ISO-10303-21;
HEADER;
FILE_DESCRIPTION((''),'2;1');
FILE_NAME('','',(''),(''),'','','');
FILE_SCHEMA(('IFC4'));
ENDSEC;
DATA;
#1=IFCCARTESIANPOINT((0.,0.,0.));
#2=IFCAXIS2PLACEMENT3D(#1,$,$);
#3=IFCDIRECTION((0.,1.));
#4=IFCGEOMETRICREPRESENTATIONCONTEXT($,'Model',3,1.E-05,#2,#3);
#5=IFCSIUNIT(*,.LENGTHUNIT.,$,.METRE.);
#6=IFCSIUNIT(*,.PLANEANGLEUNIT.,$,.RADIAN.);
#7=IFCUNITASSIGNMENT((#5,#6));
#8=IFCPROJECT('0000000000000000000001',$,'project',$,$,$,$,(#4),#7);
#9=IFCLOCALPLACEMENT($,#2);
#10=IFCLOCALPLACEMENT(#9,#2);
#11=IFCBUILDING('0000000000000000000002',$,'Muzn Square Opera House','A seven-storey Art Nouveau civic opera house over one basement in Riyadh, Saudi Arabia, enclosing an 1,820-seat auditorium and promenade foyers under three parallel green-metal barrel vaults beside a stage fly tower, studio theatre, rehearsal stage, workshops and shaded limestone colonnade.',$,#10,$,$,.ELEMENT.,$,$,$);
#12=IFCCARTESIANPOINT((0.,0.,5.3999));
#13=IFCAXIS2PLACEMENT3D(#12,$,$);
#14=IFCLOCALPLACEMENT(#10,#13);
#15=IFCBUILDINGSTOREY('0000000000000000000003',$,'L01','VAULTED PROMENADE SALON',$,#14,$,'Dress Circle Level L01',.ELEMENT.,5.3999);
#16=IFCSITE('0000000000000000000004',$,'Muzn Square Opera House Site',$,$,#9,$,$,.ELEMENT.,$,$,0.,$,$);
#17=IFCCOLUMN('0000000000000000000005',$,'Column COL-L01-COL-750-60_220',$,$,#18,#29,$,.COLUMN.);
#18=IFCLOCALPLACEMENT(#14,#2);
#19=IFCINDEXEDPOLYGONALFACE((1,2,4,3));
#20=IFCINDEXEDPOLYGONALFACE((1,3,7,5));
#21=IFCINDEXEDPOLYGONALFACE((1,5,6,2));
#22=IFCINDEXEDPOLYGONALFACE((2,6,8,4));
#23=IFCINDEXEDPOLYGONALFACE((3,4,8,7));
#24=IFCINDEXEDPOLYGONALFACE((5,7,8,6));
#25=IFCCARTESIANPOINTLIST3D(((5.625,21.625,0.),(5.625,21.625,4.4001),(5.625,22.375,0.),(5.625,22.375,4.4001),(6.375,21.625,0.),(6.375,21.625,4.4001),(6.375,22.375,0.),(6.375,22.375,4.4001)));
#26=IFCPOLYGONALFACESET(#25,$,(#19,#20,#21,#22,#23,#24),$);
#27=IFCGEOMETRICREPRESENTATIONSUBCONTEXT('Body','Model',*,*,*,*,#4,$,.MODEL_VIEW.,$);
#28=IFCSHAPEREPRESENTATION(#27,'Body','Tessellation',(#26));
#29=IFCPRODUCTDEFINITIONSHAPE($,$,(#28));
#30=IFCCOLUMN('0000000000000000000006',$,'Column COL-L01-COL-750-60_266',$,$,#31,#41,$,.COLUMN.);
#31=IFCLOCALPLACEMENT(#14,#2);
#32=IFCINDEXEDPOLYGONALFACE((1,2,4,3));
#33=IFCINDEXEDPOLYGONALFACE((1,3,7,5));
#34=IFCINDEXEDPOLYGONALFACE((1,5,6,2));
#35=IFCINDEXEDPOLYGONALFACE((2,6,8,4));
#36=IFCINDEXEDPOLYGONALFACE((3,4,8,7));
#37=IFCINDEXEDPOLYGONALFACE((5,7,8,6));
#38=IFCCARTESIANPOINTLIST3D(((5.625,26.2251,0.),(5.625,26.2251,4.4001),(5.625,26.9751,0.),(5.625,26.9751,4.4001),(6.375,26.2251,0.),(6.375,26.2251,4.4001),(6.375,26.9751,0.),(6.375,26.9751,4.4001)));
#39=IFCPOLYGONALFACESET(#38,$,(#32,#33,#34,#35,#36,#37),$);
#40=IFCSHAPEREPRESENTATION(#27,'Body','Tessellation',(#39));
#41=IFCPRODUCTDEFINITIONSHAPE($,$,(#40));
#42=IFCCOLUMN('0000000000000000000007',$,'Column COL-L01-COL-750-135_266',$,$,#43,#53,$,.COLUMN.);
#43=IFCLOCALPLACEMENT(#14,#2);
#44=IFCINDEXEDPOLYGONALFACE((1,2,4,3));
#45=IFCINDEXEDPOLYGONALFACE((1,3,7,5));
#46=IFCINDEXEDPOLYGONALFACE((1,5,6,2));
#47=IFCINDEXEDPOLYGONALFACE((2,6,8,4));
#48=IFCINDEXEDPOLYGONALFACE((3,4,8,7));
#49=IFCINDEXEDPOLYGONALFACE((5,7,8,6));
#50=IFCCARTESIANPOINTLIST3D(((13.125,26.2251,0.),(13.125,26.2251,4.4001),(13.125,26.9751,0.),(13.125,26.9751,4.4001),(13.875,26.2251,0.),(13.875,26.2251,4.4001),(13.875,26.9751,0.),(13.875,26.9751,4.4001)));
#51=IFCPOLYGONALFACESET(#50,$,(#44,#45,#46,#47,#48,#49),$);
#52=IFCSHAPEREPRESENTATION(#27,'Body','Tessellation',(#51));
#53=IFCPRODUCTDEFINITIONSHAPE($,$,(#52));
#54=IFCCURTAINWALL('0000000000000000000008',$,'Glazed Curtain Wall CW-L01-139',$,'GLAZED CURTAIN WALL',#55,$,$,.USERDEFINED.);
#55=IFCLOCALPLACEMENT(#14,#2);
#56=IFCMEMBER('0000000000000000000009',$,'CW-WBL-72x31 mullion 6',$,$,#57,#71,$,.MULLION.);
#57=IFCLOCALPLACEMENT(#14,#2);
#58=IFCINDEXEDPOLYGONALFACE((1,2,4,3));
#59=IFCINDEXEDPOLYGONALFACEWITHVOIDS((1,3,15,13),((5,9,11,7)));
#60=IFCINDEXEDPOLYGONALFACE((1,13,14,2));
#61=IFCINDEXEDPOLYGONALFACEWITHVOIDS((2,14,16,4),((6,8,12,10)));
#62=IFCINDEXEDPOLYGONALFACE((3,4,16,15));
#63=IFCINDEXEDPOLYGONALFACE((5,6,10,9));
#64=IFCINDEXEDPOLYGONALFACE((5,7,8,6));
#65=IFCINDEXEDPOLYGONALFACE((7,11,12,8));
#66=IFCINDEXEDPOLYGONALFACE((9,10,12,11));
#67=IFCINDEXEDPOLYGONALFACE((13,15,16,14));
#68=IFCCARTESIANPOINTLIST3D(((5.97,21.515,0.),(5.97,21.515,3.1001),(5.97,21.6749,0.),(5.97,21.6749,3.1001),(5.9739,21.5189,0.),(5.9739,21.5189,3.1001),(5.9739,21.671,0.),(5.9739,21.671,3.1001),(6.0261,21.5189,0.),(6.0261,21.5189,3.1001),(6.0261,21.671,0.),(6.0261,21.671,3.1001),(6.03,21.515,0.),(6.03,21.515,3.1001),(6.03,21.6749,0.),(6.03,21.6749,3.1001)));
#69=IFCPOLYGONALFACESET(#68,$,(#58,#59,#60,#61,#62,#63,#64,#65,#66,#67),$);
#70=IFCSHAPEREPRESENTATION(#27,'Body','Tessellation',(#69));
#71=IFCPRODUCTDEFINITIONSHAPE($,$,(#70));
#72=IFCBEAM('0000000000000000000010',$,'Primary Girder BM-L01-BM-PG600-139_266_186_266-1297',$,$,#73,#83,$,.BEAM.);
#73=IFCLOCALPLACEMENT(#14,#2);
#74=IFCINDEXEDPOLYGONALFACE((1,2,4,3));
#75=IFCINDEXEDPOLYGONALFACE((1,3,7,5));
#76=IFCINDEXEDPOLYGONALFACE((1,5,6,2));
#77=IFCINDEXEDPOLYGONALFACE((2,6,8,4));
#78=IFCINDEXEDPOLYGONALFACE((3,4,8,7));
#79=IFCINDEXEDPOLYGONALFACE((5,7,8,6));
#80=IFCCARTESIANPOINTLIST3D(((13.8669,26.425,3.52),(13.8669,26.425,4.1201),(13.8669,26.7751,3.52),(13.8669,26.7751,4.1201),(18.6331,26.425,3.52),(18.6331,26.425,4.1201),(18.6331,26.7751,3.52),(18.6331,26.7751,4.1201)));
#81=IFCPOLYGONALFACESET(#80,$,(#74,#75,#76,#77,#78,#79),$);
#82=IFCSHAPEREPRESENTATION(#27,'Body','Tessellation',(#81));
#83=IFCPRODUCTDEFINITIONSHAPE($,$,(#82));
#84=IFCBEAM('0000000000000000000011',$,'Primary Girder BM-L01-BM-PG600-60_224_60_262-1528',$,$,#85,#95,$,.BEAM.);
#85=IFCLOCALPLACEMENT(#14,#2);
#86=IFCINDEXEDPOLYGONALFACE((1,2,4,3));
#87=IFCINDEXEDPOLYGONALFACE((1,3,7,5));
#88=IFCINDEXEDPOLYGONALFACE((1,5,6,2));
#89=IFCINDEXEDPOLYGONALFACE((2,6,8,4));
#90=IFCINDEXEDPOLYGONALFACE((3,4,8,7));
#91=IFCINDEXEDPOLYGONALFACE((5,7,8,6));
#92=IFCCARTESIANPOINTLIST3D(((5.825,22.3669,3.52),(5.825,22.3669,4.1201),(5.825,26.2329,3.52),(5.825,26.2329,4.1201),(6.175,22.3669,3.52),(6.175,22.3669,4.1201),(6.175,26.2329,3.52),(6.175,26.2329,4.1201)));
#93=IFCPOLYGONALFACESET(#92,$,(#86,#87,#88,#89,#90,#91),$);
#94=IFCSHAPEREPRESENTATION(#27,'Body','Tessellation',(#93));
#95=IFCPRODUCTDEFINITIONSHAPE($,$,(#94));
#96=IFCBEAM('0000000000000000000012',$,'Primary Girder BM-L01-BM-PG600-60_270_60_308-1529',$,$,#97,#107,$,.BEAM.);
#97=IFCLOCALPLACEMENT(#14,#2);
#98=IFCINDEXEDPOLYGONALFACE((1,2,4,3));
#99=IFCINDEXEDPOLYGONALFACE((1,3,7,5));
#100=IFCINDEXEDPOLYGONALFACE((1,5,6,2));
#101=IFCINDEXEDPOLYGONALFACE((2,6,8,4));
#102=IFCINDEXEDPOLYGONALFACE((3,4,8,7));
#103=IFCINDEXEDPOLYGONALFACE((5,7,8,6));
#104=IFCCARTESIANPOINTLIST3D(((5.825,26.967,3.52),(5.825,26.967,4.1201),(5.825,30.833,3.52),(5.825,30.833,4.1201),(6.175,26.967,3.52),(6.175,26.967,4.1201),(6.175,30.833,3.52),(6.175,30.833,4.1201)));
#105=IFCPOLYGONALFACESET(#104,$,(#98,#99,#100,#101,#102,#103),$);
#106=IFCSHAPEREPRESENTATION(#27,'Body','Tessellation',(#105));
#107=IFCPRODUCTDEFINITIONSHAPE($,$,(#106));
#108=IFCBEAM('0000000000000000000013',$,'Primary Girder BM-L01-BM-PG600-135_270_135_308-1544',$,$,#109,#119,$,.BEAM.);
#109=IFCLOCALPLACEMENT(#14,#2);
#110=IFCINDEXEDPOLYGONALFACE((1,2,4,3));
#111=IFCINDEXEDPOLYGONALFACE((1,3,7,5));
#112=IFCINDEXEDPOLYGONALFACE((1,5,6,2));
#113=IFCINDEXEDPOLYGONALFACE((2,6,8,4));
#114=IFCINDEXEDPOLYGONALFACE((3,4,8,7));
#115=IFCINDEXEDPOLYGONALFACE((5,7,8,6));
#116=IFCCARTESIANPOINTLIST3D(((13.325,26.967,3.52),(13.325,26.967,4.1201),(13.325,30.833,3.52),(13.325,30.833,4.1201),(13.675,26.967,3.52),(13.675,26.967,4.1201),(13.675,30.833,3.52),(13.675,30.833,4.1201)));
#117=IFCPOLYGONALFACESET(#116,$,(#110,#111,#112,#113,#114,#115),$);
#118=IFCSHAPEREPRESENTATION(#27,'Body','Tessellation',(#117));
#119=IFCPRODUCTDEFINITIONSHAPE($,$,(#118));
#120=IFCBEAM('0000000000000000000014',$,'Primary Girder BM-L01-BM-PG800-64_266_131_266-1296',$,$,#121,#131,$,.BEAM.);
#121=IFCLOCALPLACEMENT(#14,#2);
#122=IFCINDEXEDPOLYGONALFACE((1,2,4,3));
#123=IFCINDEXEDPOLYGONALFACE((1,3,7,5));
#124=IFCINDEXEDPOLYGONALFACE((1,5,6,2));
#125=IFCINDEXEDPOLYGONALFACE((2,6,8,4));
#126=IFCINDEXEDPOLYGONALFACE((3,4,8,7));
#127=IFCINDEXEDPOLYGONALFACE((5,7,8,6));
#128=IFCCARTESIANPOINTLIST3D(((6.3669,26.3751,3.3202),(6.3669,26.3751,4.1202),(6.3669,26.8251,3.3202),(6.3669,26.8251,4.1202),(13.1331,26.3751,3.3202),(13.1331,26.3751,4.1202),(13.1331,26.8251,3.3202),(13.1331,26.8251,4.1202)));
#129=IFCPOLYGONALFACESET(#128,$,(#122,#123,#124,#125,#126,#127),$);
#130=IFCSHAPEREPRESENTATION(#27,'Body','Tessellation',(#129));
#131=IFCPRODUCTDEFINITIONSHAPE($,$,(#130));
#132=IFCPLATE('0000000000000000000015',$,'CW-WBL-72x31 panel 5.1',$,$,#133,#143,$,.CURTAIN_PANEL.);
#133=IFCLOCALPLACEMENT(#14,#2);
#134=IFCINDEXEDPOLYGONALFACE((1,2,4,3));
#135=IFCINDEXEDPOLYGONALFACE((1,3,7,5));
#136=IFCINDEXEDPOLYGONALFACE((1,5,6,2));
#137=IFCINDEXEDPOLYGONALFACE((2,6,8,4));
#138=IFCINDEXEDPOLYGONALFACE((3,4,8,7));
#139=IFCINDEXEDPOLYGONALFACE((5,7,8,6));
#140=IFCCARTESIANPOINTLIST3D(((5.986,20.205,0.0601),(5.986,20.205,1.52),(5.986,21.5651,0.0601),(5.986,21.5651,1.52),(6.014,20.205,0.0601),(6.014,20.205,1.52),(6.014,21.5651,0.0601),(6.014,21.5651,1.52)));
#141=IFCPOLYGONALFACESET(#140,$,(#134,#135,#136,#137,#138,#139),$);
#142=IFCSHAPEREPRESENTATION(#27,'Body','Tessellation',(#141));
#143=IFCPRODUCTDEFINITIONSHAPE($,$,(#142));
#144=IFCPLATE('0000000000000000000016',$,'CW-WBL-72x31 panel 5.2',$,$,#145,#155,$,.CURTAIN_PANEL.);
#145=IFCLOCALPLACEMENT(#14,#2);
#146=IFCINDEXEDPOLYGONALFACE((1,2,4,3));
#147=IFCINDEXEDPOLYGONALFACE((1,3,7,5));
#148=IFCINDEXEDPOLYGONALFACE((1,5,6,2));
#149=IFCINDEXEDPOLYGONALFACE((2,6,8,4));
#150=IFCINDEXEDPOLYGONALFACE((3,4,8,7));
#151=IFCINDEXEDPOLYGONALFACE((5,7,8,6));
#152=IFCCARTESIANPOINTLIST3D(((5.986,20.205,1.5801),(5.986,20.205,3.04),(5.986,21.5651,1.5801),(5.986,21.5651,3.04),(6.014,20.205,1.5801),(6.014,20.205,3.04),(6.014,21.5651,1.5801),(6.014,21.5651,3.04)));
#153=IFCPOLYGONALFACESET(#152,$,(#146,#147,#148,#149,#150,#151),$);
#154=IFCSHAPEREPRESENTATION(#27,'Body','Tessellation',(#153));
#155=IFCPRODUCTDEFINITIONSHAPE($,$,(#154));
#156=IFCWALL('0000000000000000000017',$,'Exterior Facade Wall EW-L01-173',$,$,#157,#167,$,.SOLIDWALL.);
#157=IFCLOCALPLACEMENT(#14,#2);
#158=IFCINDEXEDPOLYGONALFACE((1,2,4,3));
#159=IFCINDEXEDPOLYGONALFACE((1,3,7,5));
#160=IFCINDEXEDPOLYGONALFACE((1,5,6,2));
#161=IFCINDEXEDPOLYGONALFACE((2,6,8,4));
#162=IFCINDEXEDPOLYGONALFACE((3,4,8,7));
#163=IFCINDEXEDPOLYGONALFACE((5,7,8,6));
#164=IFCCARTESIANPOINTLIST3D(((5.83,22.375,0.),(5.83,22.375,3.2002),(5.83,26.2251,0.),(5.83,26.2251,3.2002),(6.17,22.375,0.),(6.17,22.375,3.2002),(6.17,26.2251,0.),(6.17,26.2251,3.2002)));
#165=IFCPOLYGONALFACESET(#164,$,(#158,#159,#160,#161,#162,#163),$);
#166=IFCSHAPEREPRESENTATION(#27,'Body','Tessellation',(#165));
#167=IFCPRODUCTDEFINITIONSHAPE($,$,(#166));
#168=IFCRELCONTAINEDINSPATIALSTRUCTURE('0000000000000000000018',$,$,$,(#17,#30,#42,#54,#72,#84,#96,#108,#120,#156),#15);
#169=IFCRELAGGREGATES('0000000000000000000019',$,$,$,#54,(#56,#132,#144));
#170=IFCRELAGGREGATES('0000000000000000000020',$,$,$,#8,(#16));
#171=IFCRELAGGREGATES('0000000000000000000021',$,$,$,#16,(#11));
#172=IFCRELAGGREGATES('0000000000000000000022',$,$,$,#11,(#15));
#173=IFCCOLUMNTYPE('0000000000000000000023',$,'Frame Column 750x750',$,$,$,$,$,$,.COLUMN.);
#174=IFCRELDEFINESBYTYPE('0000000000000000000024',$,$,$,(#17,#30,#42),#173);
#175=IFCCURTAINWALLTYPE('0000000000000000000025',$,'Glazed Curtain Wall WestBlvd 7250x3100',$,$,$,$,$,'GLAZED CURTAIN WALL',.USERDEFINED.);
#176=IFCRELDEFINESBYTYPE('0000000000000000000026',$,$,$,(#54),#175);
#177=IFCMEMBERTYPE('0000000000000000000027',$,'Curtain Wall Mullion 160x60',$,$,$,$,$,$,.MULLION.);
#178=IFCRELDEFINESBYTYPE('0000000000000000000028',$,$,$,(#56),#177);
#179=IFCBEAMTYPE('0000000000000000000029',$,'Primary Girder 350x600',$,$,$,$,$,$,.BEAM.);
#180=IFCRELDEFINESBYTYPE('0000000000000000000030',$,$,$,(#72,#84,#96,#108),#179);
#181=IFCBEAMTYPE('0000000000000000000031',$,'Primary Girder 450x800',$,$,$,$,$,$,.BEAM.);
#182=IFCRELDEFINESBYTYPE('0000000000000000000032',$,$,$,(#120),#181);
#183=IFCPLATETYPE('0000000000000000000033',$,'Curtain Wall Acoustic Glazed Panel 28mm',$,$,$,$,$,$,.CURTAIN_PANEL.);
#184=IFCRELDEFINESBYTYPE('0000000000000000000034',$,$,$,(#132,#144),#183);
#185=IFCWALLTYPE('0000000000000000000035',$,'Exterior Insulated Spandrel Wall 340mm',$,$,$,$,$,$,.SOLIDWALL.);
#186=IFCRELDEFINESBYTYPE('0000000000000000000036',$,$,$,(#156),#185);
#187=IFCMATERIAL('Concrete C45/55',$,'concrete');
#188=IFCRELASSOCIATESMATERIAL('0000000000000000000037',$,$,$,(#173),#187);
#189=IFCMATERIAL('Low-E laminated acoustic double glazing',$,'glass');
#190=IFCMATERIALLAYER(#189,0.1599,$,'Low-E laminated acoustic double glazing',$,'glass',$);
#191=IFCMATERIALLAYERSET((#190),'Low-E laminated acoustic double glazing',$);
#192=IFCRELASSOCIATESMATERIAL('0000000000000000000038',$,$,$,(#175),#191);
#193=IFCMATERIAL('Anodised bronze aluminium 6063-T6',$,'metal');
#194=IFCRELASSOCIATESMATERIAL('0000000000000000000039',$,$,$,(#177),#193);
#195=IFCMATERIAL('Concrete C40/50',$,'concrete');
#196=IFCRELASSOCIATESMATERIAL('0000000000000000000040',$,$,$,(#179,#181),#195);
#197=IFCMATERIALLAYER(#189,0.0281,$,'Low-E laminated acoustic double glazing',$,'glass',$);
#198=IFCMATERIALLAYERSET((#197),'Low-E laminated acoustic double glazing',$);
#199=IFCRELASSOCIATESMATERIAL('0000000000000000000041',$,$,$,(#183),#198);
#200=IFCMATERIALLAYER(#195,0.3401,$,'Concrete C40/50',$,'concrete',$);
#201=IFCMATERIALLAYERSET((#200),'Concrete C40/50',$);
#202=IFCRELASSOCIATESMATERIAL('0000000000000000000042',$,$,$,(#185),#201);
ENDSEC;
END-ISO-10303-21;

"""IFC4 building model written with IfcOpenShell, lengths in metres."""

from ifc_helpers import new_model, si_unit, direction, frame, frame_2d, origin, origin_2d, place, context, subcontext, project, spatial, rectangle, hollow_rectangle, extrude, material, layer, layer_set, material_profile, profile_set, type_object, element, aggregate, save


model = new_model("IFC4")

# Units and contexts
model_context = context("Model", 3, precision=1e-05, world=origin(), true_north=direction((0.0, 1.0)))
body_context = subcontext(model_context, "Body", "Model", "MODEL_VIEW")
ifc_project = project(units=[si_unit("LENGTHUNIT", "METRE"), si_unit("PLANEANGLEUNIT", "RADIAN")], contexts=[model_context])

# Site, building, storey
site_placement = place(None, origin())
site = spatial("IfcSite", under=ifc_project, at=site_placement, Name="Muzn Square Opera House Site", CompositionType="ELEMENT", RefElevation=0.0)
building_placement = place(site_placement, origin())
building = spatial("IfcBuilding", under=site, at=building_placement, Name="Muzn Square Opera House", Description="A seven-storey Art Nouveau civic opera house over one basement in Riyadh, Saudi Arabia, enclosing an 1,820-seat auditorium and promenade foyers under three parallel green-metal barrel vaults beside a stage fly tower, studio theatre, rehearsal stage, workshops and shaded limestone colonnade.", CompositionType="ELEMENT")
storey_placement = place(building_placement, frame((0.0, 0.0, 5.3999)))
storey = spatial("IfcBuildingStorey", under=building, at=storey_placement, Name="L01", Description="VAULTED PROMENADE SALON", LongName="Dress Circle Level L01", CompositionType="ELEMENT", Elevation=5.3999)

# Columns
ifc_material_1 = material(Name="Concrete C45/55", Category="concrete")
ifc_material_profile_1 = material_profile(ifc_material_1, rectangle(XDim=0.75, YDim=0.75, at=origin_2d()), Name="RC 750x750", Category="concrete")
ifc_profile_set_1 = profile_set([ifc_material_profile_1], Name="Concrete C45/55")
column_type = type_object("IfcColumnType", Name="Frame Column 750x750", PredefinedType="COLUMN", material=ifc_profile_set_1)
for number, where, z_axis, x_axis, name in (
    (1, (6.0, 22.0, 0.0), (0.0, 0.0, 1.0), (1.0, 0.0, 0.0), "Column COL-L01-COL-750-60_220"),
    (2, (6.0, 26.6001, 0.0), (0.0, 0.0, 1.0), (1.0, 0.0, 0.0), "Column COL-L01-COL-750-60_266"),
    (3, (13.5, 26.6001, 0.0), (0.0, 0.0, 1.0), (1.0, 0.0, 0.0), "Column COL-L01-COL-750-135_266"),
):
    element("IfcColumn", number, at=place(storey_placement, frame(where, z_axis=z_axis, x_axis=x_axis)), inside=storey, type_object=column_type, Name=name, PredefinedType="COLUMN", context=body_context, shape_type="SweptSolid", body=[
        extrude(rectangle(XDim=0.75, YDim=0.75, at=origin_2d()), origin(), (0.0, 0.0, 1.0), 4.4001),
    ])

# Curtain wall, member
ifc_material_2 = material(Name="Low-E laminated acoustic double glazing", Category="glass")
ifc_layer_1 = layer(ifc_material_2, 0.1599, Name="Low-E laminated acoustic double glazing", Category="glass")
ifc_layer_set_1 = layer_set([ifc_layer_1], Name="Low-E laminated acoustic double glazing")
curtain_wall_type = type_object("IfcCurtainWallType", Name="Glazed Curtain Wall WestBlvd 7250x3100", ElementType="GLAZED CURTAIN WALL", PredefinedType="USERDEFINED", material=ifc_layer_set_1)
curtain_wall_placement = place(storey_placement, origin())
curtain_wall = element("IfcCurtainWall", 4, at=curtain_wall_placement, inside=storey, type_object=curtain_wall_type, Name="Glazed Curtain Wall CW-L01-139", ObjectType="GLAZED CURTAIN WALL", PredefinedType="USERDEFINED")
ifc_material_3 = material(Name="Anodised bronze aluminium 6063-T6", Category="metal")
ifc_material_profile_2 = material_profile(ifc_material_3, hollow_rectangle(XDim=0.0601, YDim=0.1599, WallThickness=0.0039, at=origin_2d()), Name="ALU 160x60x4", Category="metal")
ifc_profile_set_2 = profile_set([ifc_material_profile_2], Name="Anodised bronze aluminium 6063-T6")
member_type = type_object("IfcMemberType", Name="Curtain Wall Mullion 160x60", PredefinedType="MULLION", material=ifc_profile_set_2)
member_placement = place(storey_placement, frame((6.0, 21.595, 0.0), z_axis=(0.0, 0.0, 1.0), x_axis=(-1.0, 0.0, 0.0)))
member = element("IfcMember", 5, at=member_placement, type_object=member_type, Name="CW-WBL-72x31 mullion 6", PredefinedType="MULLION", context=body_context, shape_type="SweptSolid", body=[
    extrude(hollow_rectangle(XDim=0.0601, YDim=0.1599, WallThickness=0.0039, at=origin_2d()), origin(), (0.0, 0.0, 1.0), 3.1001),
])

# Beams
ifc_material_4 = material(Name="Concrete C40/50", Category="concrete")
ifc_material_profile_3 = material_profile(ifc_material_4, rectangle(XDim=0.3501, YDim=0.6001, at=origin_2d()), Name="RCB 350x600", Category="concrete")
ifc_profile_set_3 = profile_set([ifc_material_profile_3], Name="Concrete C40/50")
beam_type_1 = type_object("IfcBeamType", Name="Primary Girder 350x600", PredefinedType="BEAM", material=ifc_profile_set_3)
beam_1_placement = place(storey_placement, frame((13.8669, 26.6001, 3.8201), z_axis=(1.0, 0.0, 0.0), x_axis=(0.0, 1.0, 0.0)))
element("IfcBeam", 6, at=beam_1_placement, inside=storey, type_object=beam_type_1, Name="Primary Girder BM-L01-BM-PG600-139_266_186_266-1297", PredefinedType="BEAM", context=body_context, shape_type="SweptSolid", body=[
    extrude(rectangle(XDim=0.3501, YDim=0.6001, at=origin_2d()), origin(), (0.0, 0.0, 1.0), 4.7661),
])
for number, where, z_axis, x_axis, name in (
    (7, (6.0, 22.3669, 3.8201), (0.0, 1.0, 0.0), (-1.0, 0.0, 0.0), "Primary Girder BM-L01-BM-PG600-60_224_60_262-1528"),
    (8, (6.0, 26.967, 3.8201), (0.0, 1.0, 0.0), (-1.0, 0.0, 0.0), "Primary Girder BM-L01-BM-PG600-60_270_60_308-1529"),
    (9, (13.5, 26.967, 3.8201), (0.0, 1.0, 0.0), (-1.0, 0.0, 0.0), "Primary Girder BM-L01-BM-PG600-135_270_135_308-1544"),
):
    element("IfcBeam", number, at=place(storey_placement, frame(where, z_axis=z_axis, x_axis=x_axis)), inside=storey, type_object=beam_type_1, Name=name, PredefinedType="BEAM", context=body_context, shape_type="SweptSolid", body=[
        extrude(rectangle(XDim=0.3501, YDim=0.6001, at=origin_2d()), origin(), (0.0, 0.0, 1.0), 3.866),
    ])
ifc_material_profile_4 = material_profile(ifc_material_4, rectangle(XDim=0.45, YDim=0.8, at=origin_2d()), Name="RCB 450x800", Category="concrete")
ifc_profile_set_4 = profile_set([ifc_material_profile_4], Name="Concrete C40/50")
beam_type_2 = type_object("IfcBeamType", Name="Primary Girder 450x800", PredefinedType="BEAM", material=ifc_profile_set_4)
beam_2_placement = place(storey_placement, frame((6.3669, 26.6001, 3.7202), z_axis=(1.0, 0.0, 0.0), x_axis=(0.0, 1.0, 0.0)))
element("IfcBeam", 10, at=beam_2_placement, inside=storey, type_object=beam_type_2, Name="Primary Girder BM-L01-BM-PG800-64_266_131_266-1296", PredefinedType="BEAM", context=body_context, shape_type="SweptSolid", body=[
    extrude(rectangle(XDim=0.45, YDim=0.8, at=origin_2d()), origin(), (0.0, 0.0, 1.0), 6.7661),
])

# Plates
ifc_layer_2 = layer(ifc_material_2, 0.0281, Name="Low-E laminated acoustic double glazing", Category="glass")
ifc_layer_set_2 = layer_set([ifc_layer_2], Name="Low-E laminated acoustic double glazing")
plate_type = type_object("IfcPlateType", Name="Curtain Wall Acoustic Glazed Panel 28mm", PredefinedType="CURTAIN_PANEL", material=ifc_layer_set_2)
plate_1_placement = place(storey_placement, frame((6.0, 20.885, 0.0601), z_axis=(0.0, 0.0, 1.0), x_axis=(0.0, 1.0, 0.0)))
plate_1 = element("IfcPlate", 11, at=plate_1_placement, type_object=plate_type, Name="CW-WBL-72x31 panel 5.1", PredefinedType="CURTAIN_PANEL", context=body_context, shape_type="SweptSolid", body=[
    extrude(rectangle(XDim=1.3601, YDim=0.0281, at=origin_2d()), origin(), (0.0, 0.0, 1.0), 1.46),
])
plate_2_placement = place(storey_placement, frame((6.0, 20.885, 1.5801), z_axis=(0.0, 0.0, 1.0), x_axis=(0.0, 1.0, 0.0)))
plate_2 = element("IfcPlate", 12, at=plate_2_placement, type_object=plate_type, Name="CW-WBL-72x31 panel 5.2", PredefinedType="CURTAIN_PANEL", context=body_context, shape_type="SweptSolid", body=[
    extrude(rectangle(XDim=1.3601, YDim=0.0281, at=origin_2d()), origin(), (0.0, 0.0, 1.0), 1.46),
])
aggregate(curtain_wall, [member, plate_1, plate_2])

# Wall
ifc_layer_3 = layer(ifc_material_4, 0.3401, Name="Concrete C40/50", Category="concrete")
ifc_layer_set_3 = layer_set([ifc_layer_3], Name="Concrete C40/50")
wall_type_1 = type_object("IfcWallType", Name="Exterior Insulated Spandrel Wall 340mm", PredefinedType="SOLIDWALL", material=ifc_layer_set_3)
wall_1_placement = place(storey_placement, frame((6.0, 22.375, 0.0), z_axis=(0.0, 0.0, 1.0), x_axis=(0.0, 1.0, 0.0)))
element("IfcWall", 13, at=wall_1_placement, inside=storey, type_object=wall_type_1, Name="Exterior Facade Wall EW-L01-173", PredefinedType="SOLIDWALL", context=body_context, shape_type="SweptSolid", body=[
    extrude(rectangle(XDim=3.8501, YDim=0.3401, at=frame_2d((1.925, 0.0))), origin(), (0.0, 0.0, 1.0), 3.2002),
])

save(model, "model.ifc")
